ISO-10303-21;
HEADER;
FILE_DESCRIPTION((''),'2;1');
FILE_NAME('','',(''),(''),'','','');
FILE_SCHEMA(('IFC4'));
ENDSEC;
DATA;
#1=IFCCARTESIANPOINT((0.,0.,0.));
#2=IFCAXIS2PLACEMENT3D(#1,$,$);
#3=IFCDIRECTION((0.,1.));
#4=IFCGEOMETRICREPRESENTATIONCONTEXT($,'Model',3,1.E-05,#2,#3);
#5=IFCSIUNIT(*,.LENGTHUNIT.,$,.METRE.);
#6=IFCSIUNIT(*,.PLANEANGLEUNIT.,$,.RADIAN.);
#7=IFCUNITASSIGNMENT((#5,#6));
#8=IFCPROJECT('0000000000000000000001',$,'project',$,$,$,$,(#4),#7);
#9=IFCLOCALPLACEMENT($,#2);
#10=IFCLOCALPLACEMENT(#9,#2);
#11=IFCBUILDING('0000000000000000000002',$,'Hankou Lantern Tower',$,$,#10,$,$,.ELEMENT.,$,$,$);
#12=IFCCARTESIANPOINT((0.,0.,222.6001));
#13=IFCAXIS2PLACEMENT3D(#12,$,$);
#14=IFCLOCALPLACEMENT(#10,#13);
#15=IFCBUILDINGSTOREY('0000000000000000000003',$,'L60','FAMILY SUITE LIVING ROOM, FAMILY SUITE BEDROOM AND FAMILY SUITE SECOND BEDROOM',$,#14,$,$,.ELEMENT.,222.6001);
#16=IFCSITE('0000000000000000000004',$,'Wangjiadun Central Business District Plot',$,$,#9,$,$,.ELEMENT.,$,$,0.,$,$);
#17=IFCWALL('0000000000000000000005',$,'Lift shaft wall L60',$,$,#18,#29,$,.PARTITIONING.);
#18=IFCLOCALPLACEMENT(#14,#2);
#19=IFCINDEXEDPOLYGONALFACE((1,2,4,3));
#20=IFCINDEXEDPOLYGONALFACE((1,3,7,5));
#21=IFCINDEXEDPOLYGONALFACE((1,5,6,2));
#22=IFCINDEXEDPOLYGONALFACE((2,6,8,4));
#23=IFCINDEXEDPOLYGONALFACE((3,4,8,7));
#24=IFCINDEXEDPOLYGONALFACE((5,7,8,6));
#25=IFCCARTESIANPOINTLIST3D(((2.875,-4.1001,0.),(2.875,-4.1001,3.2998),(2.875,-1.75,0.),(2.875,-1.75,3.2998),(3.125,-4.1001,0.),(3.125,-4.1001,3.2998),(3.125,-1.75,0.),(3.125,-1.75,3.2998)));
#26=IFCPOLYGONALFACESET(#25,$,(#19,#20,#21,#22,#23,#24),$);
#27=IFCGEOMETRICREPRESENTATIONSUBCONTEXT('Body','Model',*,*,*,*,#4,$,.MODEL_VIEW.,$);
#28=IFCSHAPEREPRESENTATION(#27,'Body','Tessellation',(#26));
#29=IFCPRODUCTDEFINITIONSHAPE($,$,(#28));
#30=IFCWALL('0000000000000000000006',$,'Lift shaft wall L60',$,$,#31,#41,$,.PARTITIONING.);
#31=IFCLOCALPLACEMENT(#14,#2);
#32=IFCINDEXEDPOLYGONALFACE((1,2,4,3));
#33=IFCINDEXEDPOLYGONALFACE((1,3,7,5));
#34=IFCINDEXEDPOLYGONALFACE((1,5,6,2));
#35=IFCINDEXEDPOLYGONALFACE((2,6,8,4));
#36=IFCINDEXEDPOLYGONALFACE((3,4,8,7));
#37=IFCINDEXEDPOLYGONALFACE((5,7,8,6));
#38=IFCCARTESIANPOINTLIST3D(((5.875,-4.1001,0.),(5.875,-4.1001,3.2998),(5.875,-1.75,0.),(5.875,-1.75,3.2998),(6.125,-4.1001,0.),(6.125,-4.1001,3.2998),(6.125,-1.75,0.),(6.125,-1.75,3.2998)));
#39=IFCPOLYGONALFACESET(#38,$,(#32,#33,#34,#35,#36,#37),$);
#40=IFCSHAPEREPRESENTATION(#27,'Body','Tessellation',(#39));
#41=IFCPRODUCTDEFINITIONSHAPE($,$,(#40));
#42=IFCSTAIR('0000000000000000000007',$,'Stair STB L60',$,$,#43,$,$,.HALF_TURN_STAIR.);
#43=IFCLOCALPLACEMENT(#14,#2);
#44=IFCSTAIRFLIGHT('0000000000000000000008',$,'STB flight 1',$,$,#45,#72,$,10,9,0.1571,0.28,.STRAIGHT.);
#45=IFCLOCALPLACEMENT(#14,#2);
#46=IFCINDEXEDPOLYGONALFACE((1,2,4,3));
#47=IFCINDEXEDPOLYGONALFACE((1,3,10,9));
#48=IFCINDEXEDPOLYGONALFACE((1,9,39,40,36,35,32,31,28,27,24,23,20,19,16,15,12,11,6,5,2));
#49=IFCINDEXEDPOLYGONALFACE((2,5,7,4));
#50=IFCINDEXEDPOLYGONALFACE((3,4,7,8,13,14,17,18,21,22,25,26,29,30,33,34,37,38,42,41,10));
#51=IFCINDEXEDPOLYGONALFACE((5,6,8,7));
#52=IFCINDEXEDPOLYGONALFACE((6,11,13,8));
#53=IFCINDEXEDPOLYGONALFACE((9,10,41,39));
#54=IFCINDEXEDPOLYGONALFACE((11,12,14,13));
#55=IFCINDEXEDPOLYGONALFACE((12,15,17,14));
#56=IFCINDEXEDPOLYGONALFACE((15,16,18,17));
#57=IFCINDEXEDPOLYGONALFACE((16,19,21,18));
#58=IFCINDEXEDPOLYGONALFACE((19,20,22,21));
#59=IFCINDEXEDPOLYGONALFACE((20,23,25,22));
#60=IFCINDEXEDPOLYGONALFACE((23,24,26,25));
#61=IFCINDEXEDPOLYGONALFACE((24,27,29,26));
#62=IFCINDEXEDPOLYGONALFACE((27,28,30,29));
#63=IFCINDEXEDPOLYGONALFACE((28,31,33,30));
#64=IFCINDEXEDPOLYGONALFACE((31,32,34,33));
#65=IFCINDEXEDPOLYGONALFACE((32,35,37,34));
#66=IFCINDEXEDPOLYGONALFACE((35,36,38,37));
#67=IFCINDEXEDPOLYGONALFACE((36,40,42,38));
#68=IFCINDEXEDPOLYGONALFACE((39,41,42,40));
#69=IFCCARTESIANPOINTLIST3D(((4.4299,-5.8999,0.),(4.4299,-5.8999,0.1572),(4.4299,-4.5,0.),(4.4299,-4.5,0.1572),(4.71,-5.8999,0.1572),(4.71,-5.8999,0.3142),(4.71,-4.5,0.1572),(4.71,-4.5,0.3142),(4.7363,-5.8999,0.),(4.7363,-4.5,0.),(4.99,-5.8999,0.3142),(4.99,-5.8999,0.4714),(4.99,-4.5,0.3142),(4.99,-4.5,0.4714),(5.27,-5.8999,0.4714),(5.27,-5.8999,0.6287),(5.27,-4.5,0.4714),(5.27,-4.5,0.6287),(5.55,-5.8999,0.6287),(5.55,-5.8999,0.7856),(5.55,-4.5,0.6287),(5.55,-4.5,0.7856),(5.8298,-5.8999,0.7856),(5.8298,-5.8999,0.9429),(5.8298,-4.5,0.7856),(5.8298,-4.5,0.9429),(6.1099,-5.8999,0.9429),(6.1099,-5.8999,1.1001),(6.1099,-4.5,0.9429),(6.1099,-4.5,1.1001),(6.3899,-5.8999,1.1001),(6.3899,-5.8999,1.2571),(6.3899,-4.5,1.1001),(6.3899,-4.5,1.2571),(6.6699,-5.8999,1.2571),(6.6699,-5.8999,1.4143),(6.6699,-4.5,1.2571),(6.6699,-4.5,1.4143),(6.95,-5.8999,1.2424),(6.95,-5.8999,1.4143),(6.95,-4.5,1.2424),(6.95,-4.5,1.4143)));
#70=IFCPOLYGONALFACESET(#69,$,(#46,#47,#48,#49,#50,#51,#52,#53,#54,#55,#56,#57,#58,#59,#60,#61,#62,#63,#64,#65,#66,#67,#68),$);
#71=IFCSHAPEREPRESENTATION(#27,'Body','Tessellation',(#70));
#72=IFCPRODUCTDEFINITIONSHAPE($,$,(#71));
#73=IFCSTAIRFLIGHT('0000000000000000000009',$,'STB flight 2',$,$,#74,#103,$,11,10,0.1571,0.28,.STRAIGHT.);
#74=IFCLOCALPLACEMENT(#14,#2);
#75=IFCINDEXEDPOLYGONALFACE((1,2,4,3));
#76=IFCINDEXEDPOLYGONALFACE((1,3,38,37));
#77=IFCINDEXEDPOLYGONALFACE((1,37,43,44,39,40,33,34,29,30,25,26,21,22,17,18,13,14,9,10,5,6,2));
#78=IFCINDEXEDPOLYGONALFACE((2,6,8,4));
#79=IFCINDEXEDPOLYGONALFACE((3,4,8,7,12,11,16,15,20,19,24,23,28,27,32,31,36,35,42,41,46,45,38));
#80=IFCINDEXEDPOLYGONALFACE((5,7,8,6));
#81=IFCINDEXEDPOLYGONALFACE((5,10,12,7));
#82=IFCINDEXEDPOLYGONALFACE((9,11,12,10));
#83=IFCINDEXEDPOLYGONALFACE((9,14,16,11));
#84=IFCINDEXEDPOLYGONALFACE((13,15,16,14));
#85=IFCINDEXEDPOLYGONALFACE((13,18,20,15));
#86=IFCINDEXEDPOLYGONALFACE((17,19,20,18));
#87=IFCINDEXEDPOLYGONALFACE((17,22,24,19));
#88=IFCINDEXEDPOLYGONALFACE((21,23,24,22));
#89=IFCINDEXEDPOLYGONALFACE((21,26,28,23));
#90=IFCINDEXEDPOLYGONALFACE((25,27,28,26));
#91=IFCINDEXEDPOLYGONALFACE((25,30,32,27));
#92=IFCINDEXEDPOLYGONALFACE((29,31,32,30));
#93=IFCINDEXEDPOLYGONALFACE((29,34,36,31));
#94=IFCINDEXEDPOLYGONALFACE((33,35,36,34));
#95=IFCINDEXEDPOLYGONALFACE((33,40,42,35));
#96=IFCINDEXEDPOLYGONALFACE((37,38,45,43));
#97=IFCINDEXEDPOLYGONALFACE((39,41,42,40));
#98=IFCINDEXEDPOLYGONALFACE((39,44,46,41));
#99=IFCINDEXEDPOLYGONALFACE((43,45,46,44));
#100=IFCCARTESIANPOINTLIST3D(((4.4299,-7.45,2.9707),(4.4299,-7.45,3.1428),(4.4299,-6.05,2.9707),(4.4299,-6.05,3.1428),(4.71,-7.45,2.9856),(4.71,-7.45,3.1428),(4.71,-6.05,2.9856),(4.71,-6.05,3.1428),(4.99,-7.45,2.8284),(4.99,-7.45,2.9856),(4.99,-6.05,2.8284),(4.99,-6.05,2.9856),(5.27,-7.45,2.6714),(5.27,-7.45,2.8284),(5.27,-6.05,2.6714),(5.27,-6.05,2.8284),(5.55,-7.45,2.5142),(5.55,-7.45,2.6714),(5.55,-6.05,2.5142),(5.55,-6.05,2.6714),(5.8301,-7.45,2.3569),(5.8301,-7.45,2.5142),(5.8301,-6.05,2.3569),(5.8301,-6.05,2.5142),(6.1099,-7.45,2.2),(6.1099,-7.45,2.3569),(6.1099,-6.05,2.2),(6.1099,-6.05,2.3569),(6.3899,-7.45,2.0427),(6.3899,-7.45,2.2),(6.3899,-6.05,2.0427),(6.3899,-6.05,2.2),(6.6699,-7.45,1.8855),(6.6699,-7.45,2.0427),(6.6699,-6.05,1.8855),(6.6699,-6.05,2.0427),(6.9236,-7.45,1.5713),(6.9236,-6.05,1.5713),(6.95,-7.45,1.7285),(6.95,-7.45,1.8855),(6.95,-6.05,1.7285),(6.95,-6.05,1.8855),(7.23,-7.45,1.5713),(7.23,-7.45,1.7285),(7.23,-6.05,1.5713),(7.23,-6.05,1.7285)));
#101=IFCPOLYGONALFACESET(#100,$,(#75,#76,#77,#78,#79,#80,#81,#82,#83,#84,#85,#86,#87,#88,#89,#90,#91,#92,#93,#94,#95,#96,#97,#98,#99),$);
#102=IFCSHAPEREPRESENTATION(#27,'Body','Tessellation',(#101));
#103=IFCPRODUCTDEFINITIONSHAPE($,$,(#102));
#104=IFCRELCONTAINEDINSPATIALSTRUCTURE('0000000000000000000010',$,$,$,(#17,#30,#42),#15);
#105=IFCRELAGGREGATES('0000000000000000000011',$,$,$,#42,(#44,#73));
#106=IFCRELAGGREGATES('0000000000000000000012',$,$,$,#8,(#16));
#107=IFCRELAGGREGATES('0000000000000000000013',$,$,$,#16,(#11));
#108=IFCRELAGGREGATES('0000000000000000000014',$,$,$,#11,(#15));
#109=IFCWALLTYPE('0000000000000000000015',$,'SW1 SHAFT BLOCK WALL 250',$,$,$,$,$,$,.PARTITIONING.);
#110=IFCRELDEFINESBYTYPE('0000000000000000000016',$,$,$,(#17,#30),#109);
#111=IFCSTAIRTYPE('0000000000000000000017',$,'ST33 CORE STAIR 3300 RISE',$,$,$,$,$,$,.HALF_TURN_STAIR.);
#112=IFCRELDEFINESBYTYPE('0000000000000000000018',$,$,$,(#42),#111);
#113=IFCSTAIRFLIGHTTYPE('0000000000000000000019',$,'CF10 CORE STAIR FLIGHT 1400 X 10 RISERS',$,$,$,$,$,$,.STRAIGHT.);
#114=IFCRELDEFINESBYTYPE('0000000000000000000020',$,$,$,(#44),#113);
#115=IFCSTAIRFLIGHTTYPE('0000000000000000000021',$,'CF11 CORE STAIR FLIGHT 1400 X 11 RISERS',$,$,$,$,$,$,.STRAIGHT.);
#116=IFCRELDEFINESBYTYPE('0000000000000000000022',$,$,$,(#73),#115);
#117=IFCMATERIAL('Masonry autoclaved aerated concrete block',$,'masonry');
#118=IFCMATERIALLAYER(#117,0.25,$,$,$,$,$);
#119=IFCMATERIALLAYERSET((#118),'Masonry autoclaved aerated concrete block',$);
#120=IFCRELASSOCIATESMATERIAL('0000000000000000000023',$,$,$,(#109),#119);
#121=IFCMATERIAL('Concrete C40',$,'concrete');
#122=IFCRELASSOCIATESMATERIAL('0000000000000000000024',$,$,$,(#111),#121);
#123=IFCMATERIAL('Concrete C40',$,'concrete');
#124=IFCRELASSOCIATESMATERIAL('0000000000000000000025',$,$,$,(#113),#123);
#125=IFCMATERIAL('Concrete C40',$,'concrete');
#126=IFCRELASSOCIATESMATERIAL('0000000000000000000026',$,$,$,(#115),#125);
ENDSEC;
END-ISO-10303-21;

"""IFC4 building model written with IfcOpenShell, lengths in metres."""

from ifc_helpers import new_model, si_unit, direction, frame, frame_2d, origin, place, context, subcontext, project, spatial, polyline, rectangle, outline, extrude, material, layer, layer_set, type_object, element, aggregate, save


model = new_model("IFC4")

# Units and contexts
model_context = context("Model", 3, precision=1e-05, world=origin(), true_north=direction((0.0, 1.0)))
body_context = subcontext(model_context, "Body", "Model", "MODEL_VIEW")
ifc_project = project(units=[si_unit("LENGTHUNIT", "METRE"), si_unit("PLANEANGLEUNIT", "RADIAN")], contexts=[model_context])

# Site, building, storey
site_placement = place(None, origin())
site = spatial("IfcSite", under=ifc_project, at=site_placement, Name="Wangjiadun Central Business District Plot", CompositionType="ELEMENT", RefElevation=0.0)
building_placement = place(site_placement, origin())
building = spatial("IfcBuilding", under=site, at=building_placement, Name="Hankou Lantern Tower", CompositionType="ELEMENT")
storey_placement = place(building_placement, frame((0.0, 0.0, 222.6001)))
storey = spatial("IfcBuildingStorey", under=building, at=storey_placement, Name="L60", Description="FAMILY SUITE LIVING ROOM, FAMILY SUITE BEDROOM AND FAMILY SUITE SECOND BEDROOM", CompositionType="ELEMENT", Elevation=222.6001)

# Walls
ifc_material_1 = material(Name="Masonry autoclaved aerated concrete block", Category="masonry")
ifc_layer_1 = layer(ifc_material_1, 0.25)
ifc_layer_set_1 = layer_set([ifc_layer_1], Name="Masonry autoclaved aerated concrete block")
wall_type_1 = type_object("IfcWallType", Name="SW1 SHAFT BLOCK WALL 250", PredefinedType="PARTITIONING", material=ifc_layer_set_1)
for number, where, z_axis, x_axis, name in (
    (1, (3.0, -4.1001, 0.0), (0.0, 0.0, 1.0), (0.0, 1.0, 0.0), "Lift shaft wall L60"),
    (2, (6.0, -4.1001, 0.0), (0.0, 0.0, 1.0), (0.0, 1.0, 0.0), "Lift shaft wall L60"),
):
    element("IfcWall", number, at=place(storey_placement, frame(where, z_axis=z_axis, x_axis=x_axis)), inside=storey, type_object=wall_type_1, Name=name, PredefinedType="PARTITIONING", context=body_context, shape_type="SweptSolid", body=[
        extrude(rectangle(XDim=2.3501, YDim=0.25, at=frame_2d((1.175, 0.0))), origin(), (0.0, 0.0, 1.0), 3.2998),
    ])

# Stair, stair flights
ifc_material_2 = material(Name="Concrete C40", Category="concrete")
stair_type = type_object("IfcStairType", Name="ST33 CORE STAIR 3300 RISE", PredefinedType="HALF_TURN_STAIR", material=ifc_material_2)
stair_placement = place(storey_placement, origin())
stair = element("IfcStair", 3, at=stair_placement, inside=storey, type_object=stair_type, Name="Stair STB L60", PredefinedType="HALF_TURN_STAIR")
ifc_material_3 = material(Name="Concrete C40", Category="concrete")
stair_flight_type_1 = type_object("IfcStairFlightType", Name="CF10 CORE STAIR FLIGHT 1400 X 10 RISERS", PredefinedType="STRAIGHT", material=ifc_material_3)
stair_flight_1_placement = place(storey_placement, frame((4.4299, -5.2, 0.0), z_axis=(0.0, 0.0, 1.0), x_axis=(1.0, 0.0, 0.0)))
stair_flight_1 = element("IfcStairFlight", 4, at=stair_flight_1_placement, type_object=stair_flight_type_1, Name="STB flight 1", NumberOfRisers=10, NumberOfTreads=9, PredefinedType="STRAIGHT", RiserHeight=0.1571, TreadLength=0.28, context=body_context, shape_type="SweptSolid", body=[
    extrude(outline(polyline([(0.0, 0.0), (0.0, 0.1572), (0.28, 0.1572), (0.28, 0.3142), (0.5601, 0.3142), (0.5601, 0.4714), (0.8401, 0.4714), (0.8401, 0.6287), (1.1201, 0.6287), (1.1201, 0.7856), (1.3999, 0.7856), (1.3999, 0.9429), (1.6799, 0.9429), (1.6799, 1.1001), (1.96, 1.1001), (1.96, 1.2571), (2.24, 1.2571), (2.24, 1.4143), (2.52, 1.4143), (2.52, 1.5715), (2.52, 1.2424), (0.3064, 0.0), (0.0, 0.0)])), frame((0.0, 0.7, 0.0), z_axis=(0.0, -1.0, 0.0), x_axis=(1.0, 0.0, 0.0)), (0.0, 0.0, 1.0), 1.3999),
])
ifc_material_4 = material(Name="Concrete C40", Category="concrete")
stair_flight_type_2 = type_object("IfcStairFlightType", Name="CF11 CORE STAIR FLIGHT 1400 X 11 RISERS", PredefinedType="STRAIGHT", material=ifc_material_4)
stair_flight_2_placement = place(storey_placement, frame((7.23, -6.75, 1.5713), z_axis=(0.0, 0.0, 1.0), x_axis=(-1.0, 0.0, 0.0)))
stair_flight_2 = element("IfcStairFlight", 5, at=stair_flight_2_placement, type_object=stair_flight_type_2, Name="STB flight 2", NumberOfRisers=11, NumberOfTreads=10, PredefinedType="STRAIGHT", RiserHeight=0.1571, TreadLength=0.28, context=body_context, shape_type="SweptSolid", body=[
    extrude(outline(polyline([(0.0, 0.0), (0.0, 0.1572), (0.28, 0.1572), (0.28, 0.3142), (0.5601, 0.3142), (0.5601, 0.4714), (0.8401, 0.4714), (0.8401, 0.6287), (1.1201, 0.6287), (1.1201, 0.7856), (1.3999, 0.7856), (1.3999, 0.9429), (1.6799, 0.9429), (1.6799, 1.1001), (1.96, 1.1001), (1.96, 1.2571), (2.24, 1.2571), (2.24, 1.4143), (2.52, 1.4143), (2.52, 1.5715), (2.8, 1.5715), (2.8, 1.7285), (2.8, 1.3994), (0.3064, 0.0), (0.0, 0.0)])), frame((0.0, 0.7, 0.0), z_axis=(0.0, -1.0, 0.0), x_axis=(1.0, 0.0, 0.0)), (0.0, 0.0, 1.0), 1.3999),
])
aggregate(stair, [stair_flight_1, stair_flight_2])

save(model, "model.ifc")
